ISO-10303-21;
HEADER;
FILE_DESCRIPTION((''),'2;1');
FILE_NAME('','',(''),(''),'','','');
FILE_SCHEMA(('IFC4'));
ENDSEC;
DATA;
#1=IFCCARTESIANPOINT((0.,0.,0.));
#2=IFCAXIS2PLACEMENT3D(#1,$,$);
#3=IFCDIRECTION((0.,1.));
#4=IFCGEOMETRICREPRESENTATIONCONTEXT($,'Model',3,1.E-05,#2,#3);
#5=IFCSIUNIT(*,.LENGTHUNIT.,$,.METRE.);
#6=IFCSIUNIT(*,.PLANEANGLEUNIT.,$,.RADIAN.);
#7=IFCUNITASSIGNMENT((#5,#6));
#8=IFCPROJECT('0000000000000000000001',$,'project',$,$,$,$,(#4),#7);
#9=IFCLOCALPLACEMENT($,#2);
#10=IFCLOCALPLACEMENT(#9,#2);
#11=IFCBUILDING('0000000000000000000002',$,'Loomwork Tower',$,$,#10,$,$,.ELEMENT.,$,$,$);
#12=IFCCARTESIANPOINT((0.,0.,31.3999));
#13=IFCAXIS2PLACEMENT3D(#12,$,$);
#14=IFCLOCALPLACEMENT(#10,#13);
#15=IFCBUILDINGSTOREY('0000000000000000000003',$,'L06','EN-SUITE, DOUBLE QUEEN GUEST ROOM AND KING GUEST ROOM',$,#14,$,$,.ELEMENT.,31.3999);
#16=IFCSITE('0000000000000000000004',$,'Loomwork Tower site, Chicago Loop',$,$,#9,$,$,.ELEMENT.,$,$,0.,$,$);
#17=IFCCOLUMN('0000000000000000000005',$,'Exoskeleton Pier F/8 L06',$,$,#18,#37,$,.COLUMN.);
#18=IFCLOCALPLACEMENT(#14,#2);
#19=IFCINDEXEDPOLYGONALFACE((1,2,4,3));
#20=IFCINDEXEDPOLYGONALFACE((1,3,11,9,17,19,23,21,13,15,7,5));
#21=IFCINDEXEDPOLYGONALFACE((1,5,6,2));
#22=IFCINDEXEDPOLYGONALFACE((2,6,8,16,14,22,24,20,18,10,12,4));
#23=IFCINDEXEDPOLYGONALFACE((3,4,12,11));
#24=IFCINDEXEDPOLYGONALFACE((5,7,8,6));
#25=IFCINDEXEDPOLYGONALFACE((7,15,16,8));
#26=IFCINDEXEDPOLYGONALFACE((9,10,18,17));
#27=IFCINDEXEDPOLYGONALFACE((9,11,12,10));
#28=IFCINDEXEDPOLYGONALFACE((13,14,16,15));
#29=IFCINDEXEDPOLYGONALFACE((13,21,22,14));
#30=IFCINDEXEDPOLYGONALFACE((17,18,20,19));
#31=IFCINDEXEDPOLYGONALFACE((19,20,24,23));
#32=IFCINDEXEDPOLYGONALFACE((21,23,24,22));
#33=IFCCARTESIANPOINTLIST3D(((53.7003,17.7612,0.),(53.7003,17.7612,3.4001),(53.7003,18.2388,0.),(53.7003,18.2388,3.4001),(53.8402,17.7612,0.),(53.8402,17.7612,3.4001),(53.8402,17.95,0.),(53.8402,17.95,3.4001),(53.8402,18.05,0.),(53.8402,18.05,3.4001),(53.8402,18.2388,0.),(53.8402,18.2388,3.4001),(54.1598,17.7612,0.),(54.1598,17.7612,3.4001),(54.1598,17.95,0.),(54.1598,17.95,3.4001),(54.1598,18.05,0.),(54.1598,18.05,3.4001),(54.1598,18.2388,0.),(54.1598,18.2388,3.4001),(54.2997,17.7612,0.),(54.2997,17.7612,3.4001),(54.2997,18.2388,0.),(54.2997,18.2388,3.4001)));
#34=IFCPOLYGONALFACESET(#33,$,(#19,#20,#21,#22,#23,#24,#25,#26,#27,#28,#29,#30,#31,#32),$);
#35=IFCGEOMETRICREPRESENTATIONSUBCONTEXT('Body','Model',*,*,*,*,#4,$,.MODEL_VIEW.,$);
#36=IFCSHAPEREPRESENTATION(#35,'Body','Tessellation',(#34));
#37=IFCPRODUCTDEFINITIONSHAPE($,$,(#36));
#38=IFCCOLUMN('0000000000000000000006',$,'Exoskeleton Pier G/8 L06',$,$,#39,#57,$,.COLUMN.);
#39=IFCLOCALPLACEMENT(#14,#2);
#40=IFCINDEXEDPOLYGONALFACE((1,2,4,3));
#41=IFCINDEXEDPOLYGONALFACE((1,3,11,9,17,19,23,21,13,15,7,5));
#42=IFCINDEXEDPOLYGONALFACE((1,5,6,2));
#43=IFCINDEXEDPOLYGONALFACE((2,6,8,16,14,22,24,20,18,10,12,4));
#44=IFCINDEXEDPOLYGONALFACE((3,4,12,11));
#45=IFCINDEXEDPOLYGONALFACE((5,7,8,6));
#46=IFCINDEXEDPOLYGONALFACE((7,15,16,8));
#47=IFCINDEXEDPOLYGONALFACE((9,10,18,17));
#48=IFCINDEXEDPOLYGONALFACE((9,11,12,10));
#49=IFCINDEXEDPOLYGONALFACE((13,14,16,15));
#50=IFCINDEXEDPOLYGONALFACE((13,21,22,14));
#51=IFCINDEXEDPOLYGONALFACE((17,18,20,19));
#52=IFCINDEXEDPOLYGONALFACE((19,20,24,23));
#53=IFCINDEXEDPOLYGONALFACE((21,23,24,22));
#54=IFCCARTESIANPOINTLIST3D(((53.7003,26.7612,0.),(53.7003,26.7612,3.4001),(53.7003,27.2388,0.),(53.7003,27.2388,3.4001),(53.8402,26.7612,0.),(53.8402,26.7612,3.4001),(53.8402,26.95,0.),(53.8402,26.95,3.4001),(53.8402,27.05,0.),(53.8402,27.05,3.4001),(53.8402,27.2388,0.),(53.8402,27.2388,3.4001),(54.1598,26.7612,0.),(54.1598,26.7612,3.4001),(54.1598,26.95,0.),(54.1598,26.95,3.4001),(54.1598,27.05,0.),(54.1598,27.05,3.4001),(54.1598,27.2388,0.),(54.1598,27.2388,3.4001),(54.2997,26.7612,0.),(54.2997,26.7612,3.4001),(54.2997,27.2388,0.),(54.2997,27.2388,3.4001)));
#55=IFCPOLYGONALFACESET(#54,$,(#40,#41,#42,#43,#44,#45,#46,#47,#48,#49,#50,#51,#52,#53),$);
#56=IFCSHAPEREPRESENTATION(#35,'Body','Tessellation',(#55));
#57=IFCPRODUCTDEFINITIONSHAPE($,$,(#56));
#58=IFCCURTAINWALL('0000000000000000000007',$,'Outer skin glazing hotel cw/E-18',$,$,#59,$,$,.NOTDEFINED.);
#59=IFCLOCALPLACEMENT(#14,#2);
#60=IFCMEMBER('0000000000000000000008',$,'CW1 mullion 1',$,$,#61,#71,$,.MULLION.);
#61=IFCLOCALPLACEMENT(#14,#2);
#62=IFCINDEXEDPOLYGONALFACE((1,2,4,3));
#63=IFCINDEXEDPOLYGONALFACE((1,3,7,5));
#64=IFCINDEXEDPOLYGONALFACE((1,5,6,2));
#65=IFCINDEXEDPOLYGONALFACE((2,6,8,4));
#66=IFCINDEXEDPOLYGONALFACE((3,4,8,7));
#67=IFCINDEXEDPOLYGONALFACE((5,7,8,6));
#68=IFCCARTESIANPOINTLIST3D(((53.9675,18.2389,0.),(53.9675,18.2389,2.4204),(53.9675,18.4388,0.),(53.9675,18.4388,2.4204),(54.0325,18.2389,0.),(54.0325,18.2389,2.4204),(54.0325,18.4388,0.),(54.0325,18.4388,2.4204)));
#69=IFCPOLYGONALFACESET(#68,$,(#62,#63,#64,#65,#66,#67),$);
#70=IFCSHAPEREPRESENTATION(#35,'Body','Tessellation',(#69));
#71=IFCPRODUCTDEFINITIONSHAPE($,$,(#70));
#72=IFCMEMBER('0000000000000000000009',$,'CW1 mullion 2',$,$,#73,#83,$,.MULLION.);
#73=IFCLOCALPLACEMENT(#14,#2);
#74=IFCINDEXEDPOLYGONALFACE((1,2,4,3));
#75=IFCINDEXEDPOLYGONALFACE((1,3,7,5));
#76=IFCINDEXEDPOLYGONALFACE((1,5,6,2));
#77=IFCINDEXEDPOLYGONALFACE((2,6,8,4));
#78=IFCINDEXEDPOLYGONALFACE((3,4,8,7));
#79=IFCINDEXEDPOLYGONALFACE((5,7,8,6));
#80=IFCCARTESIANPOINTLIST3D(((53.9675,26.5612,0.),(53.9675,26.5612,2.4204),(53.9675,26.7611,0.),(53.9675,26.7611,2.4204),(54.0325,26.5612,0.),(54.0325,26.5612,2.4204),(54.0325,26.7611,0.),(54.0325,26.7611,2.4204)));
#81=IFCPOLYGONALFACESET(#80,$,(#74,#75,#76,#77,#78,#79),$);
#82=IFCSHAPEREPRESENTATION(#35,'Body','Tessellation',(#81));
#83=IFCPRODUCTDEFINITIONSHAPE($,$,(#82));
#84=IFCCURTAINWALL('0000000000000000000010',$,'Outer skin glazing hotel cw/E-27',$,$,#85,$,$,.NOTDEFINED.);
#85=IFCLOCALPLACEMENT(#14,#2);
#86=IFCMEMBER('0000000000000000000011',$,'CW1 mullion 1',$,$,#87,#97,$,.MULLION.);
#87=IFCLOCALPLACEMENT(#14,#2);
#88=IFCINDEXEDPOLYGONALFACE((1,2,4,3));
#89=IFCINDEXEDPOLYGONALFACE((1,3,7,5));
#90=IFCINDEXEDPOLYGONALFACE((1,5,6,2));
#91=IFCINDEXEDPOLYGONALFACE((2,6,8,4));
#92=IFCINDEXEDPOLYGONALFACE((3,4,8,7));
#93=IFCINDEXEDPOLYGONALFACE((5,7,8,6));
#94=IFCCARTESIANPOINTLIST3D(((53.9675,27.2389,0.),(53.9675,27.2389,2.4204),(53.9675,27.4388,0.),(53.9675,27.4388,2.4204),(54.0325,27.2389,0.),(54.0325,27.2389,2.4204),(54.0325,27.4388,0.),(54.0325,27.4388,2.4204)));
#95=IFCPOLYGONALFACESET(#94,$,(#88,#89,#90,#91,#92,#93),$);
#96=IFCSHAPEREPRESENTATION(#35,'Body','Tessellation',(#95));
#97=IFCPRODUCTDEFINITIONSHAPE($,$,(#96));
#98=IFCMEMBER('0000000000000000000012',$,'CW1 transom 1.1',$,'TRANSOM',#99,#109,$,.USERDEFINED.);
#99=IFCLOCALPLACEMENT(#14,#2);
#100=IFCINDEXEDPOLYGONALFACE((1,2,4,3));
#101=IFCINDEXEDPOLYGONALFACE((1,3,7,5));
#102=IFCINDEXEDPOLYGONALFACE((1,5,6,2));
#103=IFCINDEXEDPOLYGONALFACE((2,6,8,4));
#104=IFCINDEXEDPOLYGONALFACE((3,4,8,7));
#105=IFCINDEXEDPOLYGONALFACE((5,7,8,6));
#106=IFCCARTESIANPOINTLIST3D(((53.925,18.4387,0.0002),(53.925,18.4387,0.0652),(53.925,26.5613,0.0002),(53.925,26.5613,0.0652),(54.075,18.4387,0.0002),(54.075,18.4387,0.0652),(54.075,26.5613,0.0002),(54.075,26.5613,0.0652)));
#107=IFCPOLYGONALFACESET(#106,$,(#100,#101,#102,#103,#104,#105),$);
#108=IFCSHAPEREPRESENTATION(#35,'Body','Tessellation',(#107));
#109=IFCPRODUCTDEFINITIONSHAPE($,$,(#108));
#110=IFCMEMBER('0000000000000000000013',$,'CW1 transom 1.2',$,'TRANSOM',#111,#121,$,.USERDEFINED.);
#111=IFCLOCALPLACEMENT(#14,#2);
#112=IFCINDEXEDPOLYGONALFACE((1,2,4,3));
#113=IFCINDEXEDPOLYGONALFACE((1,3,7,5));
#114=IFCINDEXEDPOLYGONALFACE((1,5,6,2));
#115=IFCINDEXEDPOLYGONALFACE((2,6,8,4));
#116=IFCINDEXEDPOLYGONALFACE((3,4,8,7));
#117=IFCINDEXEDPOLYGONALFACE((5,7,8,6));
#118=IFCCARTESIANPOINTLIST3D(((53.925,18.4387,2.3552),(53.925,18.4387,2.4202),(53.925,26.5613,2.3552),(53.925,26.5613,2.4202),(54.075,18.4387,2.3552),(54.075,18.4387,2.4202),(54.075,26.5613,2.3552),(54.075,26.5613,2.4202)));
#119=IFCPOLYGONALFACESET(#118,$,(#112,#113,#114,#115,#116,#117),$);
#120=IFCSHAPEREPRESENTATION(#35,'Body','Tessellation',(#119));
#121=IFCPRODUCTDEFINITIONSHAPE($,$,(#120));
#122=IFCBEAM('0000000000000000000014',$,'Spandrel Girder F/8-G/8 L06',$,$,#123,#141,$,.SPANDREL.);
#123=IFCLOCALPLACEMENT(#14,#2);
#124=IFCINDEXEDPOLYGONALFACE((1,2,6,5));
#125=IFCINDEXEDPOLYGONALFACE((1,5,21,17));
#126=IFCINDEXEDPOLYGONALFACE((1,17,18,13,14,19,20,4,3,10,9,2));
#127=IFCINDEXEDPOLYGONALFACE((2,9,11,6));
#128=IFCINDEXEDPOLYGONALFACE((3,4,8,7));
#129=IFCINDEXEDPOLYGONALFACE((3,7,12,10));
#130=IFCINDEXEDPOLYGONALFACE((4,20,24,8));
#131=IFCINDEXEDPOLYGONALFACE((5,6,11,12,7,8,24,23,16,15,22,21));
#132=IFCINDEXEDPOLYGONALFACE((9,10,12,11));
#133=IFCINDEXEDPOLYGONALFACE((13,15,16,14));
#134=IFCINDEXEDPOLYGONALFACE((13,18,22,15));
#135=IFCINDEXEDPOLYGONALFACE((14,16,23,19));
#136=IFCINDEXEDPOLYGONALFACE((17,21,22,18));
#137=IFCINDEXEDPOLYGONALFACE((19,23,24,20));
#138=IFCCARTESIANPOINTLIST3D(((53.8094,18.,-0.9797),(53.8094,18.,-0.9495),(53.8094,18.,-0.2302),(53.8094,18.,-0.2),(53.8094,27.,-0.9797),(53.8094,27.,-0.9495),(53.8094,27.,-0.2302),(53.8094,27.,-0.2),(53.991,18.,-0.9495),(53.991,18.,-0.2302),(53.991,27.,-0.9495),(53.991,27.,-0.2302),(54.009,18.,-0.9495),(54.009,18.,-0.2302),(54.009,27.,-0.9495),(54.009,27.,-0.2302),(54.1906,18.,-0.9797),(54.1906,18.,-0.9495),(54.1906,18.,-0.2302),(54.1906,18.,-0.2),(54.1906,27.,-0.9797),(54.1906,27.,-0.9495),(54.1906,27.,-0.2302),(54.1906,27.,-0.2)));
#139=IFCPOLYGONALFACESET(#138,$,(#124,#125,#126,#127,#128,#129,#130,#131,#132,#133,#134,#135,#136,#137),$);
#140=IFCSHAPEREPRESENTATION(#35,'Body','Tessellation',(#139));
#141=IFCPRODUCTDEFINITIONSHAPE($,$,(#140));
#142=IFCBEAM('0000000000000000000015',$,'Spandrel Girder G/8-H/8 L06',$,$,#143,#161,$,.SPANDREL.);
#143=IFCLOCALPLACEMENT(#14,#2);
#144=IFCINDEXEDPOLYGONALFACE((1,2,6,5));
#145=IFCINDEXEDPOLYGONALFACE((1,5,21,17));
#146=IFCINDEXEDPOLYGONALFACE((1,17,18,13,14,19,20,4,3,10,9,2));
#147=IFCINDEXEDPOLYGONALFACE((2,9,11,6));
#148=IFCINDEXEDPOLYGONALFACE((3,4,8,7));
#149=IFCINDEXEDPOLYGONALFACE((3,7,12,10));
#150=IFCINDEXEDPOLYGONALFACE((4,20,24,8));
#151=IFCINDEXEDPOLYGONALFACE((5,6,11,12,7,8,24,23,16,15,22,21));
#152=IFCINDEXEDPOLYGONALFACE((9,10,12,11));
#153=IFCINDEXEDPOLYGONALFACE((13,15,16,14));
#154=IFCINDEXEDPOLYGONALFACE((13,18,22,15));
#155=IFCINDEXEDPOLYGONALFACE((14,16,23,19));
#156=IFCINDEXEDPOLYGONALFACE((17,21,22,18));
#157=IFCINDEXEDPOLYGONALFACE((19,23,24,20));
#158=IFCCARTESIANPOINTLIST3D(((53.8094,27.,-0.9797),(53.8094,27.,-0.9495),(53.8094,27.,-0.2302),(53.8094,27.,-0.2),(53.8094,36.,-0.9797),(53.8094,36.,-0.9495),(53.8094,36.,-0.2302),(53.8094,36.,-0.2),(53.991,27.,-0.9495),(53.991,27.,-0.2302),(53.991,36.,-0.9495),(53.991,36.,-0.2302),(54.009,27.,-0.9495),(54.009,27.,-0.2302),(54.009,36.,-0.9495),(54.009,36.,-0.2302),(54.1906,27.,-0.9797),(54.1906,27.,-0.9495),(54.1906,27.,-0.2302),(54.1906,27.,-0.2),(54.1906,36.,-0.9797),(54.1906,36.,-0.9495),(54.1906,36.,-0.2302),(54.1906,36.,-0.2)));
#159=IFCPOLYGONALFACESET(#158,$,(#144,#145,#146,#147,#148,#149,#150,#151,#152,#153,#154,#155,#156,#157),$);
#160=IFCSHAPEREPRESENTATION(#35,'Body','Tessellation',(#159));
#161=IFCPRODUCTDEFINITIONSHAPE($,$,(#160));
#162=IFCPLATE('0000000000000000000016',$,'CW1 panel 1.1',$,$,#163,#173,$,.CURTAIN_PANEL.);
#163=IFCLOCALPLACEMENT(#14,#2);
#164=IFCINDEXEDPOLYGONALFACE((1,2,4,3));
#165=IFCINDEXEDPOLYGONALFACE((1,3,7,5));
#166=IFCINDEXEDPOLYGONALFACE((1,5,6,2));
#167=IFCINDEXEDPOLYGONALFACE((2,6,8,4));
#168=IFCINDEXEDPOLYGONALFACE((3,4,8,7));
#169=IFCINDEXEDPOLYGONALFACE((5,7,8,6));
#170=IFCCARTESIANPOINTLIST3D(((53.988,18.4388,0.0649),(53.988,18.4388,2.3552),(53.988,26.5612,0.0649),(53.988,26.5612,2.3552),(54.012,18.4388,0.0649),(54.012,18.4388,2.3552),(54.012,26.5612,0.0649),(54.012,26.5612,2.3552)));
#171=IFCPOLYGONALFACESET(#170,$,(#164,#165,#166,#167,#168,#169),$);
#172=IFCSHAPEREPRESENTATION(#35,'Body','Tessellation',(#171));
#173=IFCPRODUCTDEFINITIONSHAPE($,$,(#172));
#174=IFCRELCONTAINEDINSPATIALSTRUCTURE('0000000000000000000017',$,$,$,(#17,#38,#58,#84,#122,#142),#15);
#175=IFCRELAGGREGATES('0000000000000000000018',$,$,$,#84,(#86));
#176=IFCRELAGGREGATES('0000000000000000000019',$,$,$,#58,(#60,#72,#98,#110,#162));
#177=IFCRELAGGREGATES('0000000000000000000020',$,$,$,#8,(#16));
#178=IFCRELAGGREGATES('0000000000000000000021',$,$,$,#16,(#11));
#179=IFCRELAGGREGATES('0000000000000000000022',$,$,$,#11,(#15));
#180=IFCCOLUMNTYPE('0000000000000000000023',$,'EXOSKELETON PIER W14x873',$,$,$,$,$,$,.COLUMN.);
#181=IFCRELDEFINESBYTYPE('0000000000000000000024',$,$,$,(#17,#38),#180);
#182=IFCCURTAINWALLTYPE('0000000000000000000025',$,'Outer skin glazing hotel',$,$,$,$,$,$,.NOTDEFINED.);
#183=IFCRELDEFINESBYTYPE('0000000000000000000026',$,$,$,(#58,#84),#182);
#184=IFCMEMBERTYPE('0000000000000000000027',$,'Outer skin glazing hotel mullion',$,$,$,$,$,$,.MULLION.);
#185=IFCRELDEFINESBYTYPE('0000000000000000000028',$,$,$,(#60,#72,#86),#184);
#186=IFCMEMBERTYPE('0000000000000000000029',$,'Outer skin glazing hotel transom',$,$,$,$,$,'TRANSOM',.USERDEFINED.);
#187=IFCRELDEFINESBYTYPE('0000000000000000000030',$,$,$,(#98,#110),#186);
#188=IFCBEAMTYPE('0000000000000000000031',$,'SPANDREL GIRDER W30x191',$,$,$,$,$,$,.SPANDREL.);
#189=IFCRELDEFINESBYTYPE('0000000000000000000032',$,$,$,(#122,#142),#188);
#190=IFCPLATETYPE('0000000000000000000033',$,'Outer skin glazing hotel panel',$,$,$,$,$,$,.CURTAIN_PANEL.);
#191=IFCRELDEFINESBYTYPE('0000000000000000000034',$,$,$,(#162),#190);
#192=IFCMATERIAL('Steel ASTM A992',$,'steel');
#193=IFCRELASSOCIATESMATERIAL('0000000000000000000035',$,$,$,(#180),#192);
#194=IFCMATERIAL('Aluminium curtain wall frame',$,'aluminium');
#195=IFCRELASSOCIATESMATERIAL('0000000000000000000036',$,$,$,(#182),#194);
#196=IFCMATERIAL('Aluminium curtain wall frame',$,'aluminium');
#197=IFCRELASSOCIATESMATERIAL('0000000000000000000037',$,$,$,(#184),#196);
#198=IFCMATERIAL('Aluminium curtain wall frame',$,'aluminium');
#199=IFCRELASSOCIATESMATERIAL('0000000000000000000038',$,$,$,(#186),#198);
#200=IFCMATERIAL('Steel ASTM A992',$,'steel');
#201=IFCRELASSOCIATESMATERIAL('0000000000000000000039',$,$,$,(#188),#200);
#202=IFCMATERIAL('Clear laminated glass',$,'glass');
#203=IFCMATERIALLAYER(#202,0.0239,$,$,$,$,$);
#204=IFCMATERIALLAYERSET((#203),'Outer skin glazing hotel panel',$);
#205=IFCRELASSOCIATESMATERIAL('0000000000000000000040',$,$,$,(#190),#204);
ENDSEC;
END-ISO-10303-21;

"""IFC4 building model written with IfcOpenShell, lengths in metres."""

from ifc_helpers import new_model, si_unit, direction, frame, origin, origin_2d, place, context, subcontext, project, spatial, rectangle, i_section, extrude, material, layer, layer_set, material_profile, profile_set, type_object, element, aggregate, save


model = new_model("IFC4")

# Units and contexts
model_context = context("Model", 3, precision=1e-05, world=origin(), true_north=direction((0.0, 1.0)))
body_context = subcontext(model_context, "Body", "Model", "MODEL_VIEW")
ifc_project = project(units=[si_unit("LENGTHUNIT", "METRE"), si_unit("PLANEANGLEUNIT", "RADIAN")], contexts=[model_context])

# Site, building, storey
site_placement = place(None, origin())
site = spatial("IfcSite", under=ifc_project, at=site_placement, Name="Loomwork Tower site, Chicago Loop", CompositionType="ELEMENT", RefElevation=0.0)
building_placement = place(site_placement, origin())
building = spatial("IfcBuilding", under=site, at=building_placement, Name="Loomwork Tower", CompositionType="ELEMENT")
storey_placement = place(building_placement, frame((0.0, 0.0, 31.3999)))
storey = spatial("IfcBuildingStorey", under=building, at=storey_placement, Name="L06", Description="EN-SUITE, DOUBLE QUEEN GUEST ROOM AND KING GUEST ROOM", CompositionType="ELEMENT", Elevation=31.3999)

# Columns
ifc_material_1 = material(Name="Steel ASTM A992", Category="steel")
ifc_material_profile_1 = material_profile(ifc_material_1, i_section(OverallWidth=0.4775, OverallDepth=0.5994, WebThickness=0.1001, FlangeThickness=0.1399, at=origin_2d()), Name="W14x873")
ifc_profile_set_1 = profile_set([ifc_material_profile_1], Name="Steel ASTM A992")
column_type = type_object("IfcColumnType", Name="EXOSKELETON PIER W14x873", PredefinedType="COLUMN", material=ifc_profile_set_1)
for number, where, z_axis, x_axis, name in (
    (1, (54.0, 18.0, 0.0), (0.0, 0.0, 1.0), (0.0, 1.0, 0.0), "Exoskeleton Pier F/8 L06"),
    (2, (54.0, 27.0, 0.0), (0.0, 0.0, 1.0), (0.0, 1.0, 0.0), "Exoskeleton Pier G/8 L06"),
):
    element("IfcColumn", number, at=place(storey_placement, frame(where, z_axis=z_axis, x_axis=x_axis)), inside=storey, type_object=column_type, Name=name, PredefinedType="COLUMN", context=body_context, shape_type="SweptSolid", body=[
        extrude(i_section(OverallWidth=0.4775, OverallDepth=0.5994, WebThickness=0.1001, FlangeThickness=0.1399, at=origin_2d()), origin(), (0.0, 0.0, 1.0), 3.4001),
    ])

# Curtain wall, members
ifc_material_2 = material(Name="Aluminium curtain wall frame", Category="aluminium")
curtain_wall_type = type_object("IfcCurtainWallType", Name="Outer skin glazing hotel", PredefinedType="NOTDEFINED", material=ifc_material_2)
curtain_wall_1_placement = place(storey_placement, origin())
curtain_wall_1 = element("IfcCurtainWall", 3, at=curtain_wall_1_placement, inside=storey, type_object=curtain_wall_type, Name="Outer skin glazing hotel cw/E-18", PredefinedType="NOTDEFINED")
ifc_material_3 = material(Name="Aluminium curtain wall frame", Category="aluminium")
ifc_material_profile_2 = material_profile(ifc_material_3, rectangle(XDim=0.0649, YDim=0.2, at=origin_2d()), Name="AL 65x200")
ifc_profile_set_2 = profile_set([ifc_material_profile_2], Name="Aluminium curtain wall frame")
member_type_1 = type_object("IfcMemberType", Name="Outer skin glazing hotel mullion", PredefinedType="MULLION", material=ifc_profile_set_2)
member_1_placement = place(storey_placement, frame((54.0, 18.3389, 0.0), z_axis=(0.0, 0.0, 1.0), x_axis=(-1.0, 0.0, 0.0)))
member_1 = element("IfcMember", 4, at=member_1_placement, type_object=member_type_1, Name="CW1 mullion 1", PredefinedType="MULLION", context=body_context, shape_type="SweptSolid", body=[
    extrude(rectangle(XDim=0.0649, YDim=0.2, at=origin_2d()), origin(), (0.0, 0.0, 1.0), 2.4204),
])
member_2_placement = place(storey_placement, frame((54.0, 26.6611, 0.0), z_axis=(0.0, 0.0, 1.0), x_axis=(-1.0, 0.0, 0.0)))
member_2 = element("IfcMember", 5, at=member_2_placement, type_object=member_type_1, Name="CW1 mullion 2", PredefinedType="MULLION", context=body_context, shape_type="SweptSolid", body=[
    extrude(rectangle(XDim=0.0649, YDim=0.2, at=origin_2d()), origin(), (0.0, 0.0, 1.0), 2.4204),
])

# Curtain wall, member
curtain_wall_2_placement = place(storey_placement, origin())
curtain_wall_2 = element("IfcCurtainWall", 6, at=curtain_wall_2_placement, inside=storey, type_object=curtain_wall_type, Name="Outer skin glazing hotel cw/E-27", PredefinedType="NOTDEFINED")
member_3_placement = place(storey_placement, frame((54.0, 27.3389, 0.0), z_axis=(0.0, 0.0, 1.0), x_axis=(-1.0, 0.0, 0.0)))
member_3 = element("IfcMember", 7, at=member_3_placement, type_object=member_type_1, Name="CW1 mullion 1", PredefinedType="MULLION", context=body_context, shape_type="SweptSolid", body=[
    extrude(rectangle(XDim=0.0649, YDim=0.2, at=origin_2d()), origin(), (0.0, 0.0, 1.0), 2.4204),
])
aggregate(curtain_wall_2, [member_3])

# Members
ifc_material_4 = material(Name="Aluminium curtain wall frame", Category="aluminium")
ifc_material_profile_3 = material_profile(ifc_material_4, rectangle(XDim=0.1499, YDim=0.0649, at=origin_2d()), Name="AL 65x150")
ifc_profile_set_3 = profile_set([ifc_material_profile_3], Name="Aluminium curtain wall frame")
member_type_2 = type_object("IfcMemberType", Name="Outer skin glazing hotel transom", ElementType="TRANSOM", PredefinedType="USERDEFINED", material=ifc_profile_set_3)
member_4_placement = place(storey_placement, frame((54.0, 18.4387, 0.0327), z_axis=(0.0, 1.0, 0.0), x_axis=(-1.0, 0.0, 0.0)))
member_4 = element("IfcMember", 8, at=member_4_placement, type_object=member_type_2, Name="CW1 transom 1.1", ObjectType="TRANSOM", PredefinedType="USERDEFINED", context=body_context, shape_type="SweptSolid", body=[
    extrude(rectangle(XDim=0.1499, YDim=0.0649, at=origin_2d()), origin(), (0.0, 0.0, 1.0), 8.1226),
])
member_5_placement = place(storey_placement, frame((54.0, 18.4387, 2.3877), z_axis=(0.0, 1.0, 0.0), x_axis=(-1.0, 0.0, 0.0)))
member_5 = element("IfcMember", 9, at=member_5_placement, type_object=member_type_2, Name="CW1 transom 1.2", ObjectType="TRANSOM", PredefinedType="USERDEFINED", context=body_context, shape_type="SweptSolid", body=[
    extrude(rectangle(XDim=0.1499, YDim=0.0649, at=origin_2d()), origin(), (0.0, 0.0, 1.0), 8.1226),
])

# Beams
ifc_material_5 = material(Name="Steel ASTM A992", Category="steel")
ifc_material_profile_4 = material_profile(ifc_material_5, i_section(OverallWidth=0.3811, OverallDepth=0.7798, WebThickness=0.0181, FlangeThickness=0.0303, at=origin_2d()), Name="W30x191")
ifc_profile_set_4 = profile_set([ifc_material_profile_4], Name="Steel ASTM A992")
beam_type = type_object("IfcBeamType", Name="SPANDREL GIRDER W30x191", PredefinedType="SPANDREL", material=ifc_profile_set_4)
for number, where, z_axis, x_axis, name in (
    (10, (54.0, 18.0, -0.5898), (0.0, 1.0, 0.0), (-1.0, 0.0, 0.0), "Spandrel Girder F/8-G/8 L06"),
    (11, (54.0, 27.0, -0.5898), (0.0, 1.0, 0.0), (-1.0, 0.0, 0.0), "Spandrel Girder G/8-H/8 L06"),
):
    element("IfcBeam", number, at=place(storey_placement, frame(where, z_axis=z_axis, x_axis=x_axis)), inside=storey, type_object=beam_type, Name=name, PredefinedType="SPANDREL", context=body_context, shape_type="SweptSolid", body=[
        extrude(i_section(OverallWidth=0.3811, OverallDepth=0.7798, WebThickness=0.0181, FlangeThickness=0.0303, at=origin_2d()), origin(), (0.0, 0.0, 1.0), 9.0),
    ])

# Plate
ifc_material_6 = material(Name="Clear laminated glass", Category="glass")
ifc_layer_1 = layer(ifc_material_6, 0.0239)
ifc_layer_set_1 = layer_set([ifc_layer_1], Name="Outer skin glazing hotel panel")
plate_type = type_object("IfcPlateType", Name="Outer skin glazing hotel panel", PredefinedType="CURTAIN_PANEL", material=ifc_layer_set_1)
plate_placement = place(storey_placement, frame((54.0, 22.5, 0.0649), z_axis=(0.0, 0.0, 1.0), x_axis=(0.0, 1.0, 0.0)))
plate = element("IfcPlate", 12, at=plate_placement, type_object=plate_type, Name="CW1 panel 1.1", PredefinedType="CURTAIN_PANEL", context=body_context, shape_type="SweptSolid", body=[
    extrude(rectangle(XDim=8.1223, YDim=0.0239, at=origin_2d()), origin(), (0.0, 0.0, 1.0), 2.2903),
])
aggregate(curtain_wall_1, [member_1, member_2, member_4, member_5, plate])

save(model, "model.ifc")
